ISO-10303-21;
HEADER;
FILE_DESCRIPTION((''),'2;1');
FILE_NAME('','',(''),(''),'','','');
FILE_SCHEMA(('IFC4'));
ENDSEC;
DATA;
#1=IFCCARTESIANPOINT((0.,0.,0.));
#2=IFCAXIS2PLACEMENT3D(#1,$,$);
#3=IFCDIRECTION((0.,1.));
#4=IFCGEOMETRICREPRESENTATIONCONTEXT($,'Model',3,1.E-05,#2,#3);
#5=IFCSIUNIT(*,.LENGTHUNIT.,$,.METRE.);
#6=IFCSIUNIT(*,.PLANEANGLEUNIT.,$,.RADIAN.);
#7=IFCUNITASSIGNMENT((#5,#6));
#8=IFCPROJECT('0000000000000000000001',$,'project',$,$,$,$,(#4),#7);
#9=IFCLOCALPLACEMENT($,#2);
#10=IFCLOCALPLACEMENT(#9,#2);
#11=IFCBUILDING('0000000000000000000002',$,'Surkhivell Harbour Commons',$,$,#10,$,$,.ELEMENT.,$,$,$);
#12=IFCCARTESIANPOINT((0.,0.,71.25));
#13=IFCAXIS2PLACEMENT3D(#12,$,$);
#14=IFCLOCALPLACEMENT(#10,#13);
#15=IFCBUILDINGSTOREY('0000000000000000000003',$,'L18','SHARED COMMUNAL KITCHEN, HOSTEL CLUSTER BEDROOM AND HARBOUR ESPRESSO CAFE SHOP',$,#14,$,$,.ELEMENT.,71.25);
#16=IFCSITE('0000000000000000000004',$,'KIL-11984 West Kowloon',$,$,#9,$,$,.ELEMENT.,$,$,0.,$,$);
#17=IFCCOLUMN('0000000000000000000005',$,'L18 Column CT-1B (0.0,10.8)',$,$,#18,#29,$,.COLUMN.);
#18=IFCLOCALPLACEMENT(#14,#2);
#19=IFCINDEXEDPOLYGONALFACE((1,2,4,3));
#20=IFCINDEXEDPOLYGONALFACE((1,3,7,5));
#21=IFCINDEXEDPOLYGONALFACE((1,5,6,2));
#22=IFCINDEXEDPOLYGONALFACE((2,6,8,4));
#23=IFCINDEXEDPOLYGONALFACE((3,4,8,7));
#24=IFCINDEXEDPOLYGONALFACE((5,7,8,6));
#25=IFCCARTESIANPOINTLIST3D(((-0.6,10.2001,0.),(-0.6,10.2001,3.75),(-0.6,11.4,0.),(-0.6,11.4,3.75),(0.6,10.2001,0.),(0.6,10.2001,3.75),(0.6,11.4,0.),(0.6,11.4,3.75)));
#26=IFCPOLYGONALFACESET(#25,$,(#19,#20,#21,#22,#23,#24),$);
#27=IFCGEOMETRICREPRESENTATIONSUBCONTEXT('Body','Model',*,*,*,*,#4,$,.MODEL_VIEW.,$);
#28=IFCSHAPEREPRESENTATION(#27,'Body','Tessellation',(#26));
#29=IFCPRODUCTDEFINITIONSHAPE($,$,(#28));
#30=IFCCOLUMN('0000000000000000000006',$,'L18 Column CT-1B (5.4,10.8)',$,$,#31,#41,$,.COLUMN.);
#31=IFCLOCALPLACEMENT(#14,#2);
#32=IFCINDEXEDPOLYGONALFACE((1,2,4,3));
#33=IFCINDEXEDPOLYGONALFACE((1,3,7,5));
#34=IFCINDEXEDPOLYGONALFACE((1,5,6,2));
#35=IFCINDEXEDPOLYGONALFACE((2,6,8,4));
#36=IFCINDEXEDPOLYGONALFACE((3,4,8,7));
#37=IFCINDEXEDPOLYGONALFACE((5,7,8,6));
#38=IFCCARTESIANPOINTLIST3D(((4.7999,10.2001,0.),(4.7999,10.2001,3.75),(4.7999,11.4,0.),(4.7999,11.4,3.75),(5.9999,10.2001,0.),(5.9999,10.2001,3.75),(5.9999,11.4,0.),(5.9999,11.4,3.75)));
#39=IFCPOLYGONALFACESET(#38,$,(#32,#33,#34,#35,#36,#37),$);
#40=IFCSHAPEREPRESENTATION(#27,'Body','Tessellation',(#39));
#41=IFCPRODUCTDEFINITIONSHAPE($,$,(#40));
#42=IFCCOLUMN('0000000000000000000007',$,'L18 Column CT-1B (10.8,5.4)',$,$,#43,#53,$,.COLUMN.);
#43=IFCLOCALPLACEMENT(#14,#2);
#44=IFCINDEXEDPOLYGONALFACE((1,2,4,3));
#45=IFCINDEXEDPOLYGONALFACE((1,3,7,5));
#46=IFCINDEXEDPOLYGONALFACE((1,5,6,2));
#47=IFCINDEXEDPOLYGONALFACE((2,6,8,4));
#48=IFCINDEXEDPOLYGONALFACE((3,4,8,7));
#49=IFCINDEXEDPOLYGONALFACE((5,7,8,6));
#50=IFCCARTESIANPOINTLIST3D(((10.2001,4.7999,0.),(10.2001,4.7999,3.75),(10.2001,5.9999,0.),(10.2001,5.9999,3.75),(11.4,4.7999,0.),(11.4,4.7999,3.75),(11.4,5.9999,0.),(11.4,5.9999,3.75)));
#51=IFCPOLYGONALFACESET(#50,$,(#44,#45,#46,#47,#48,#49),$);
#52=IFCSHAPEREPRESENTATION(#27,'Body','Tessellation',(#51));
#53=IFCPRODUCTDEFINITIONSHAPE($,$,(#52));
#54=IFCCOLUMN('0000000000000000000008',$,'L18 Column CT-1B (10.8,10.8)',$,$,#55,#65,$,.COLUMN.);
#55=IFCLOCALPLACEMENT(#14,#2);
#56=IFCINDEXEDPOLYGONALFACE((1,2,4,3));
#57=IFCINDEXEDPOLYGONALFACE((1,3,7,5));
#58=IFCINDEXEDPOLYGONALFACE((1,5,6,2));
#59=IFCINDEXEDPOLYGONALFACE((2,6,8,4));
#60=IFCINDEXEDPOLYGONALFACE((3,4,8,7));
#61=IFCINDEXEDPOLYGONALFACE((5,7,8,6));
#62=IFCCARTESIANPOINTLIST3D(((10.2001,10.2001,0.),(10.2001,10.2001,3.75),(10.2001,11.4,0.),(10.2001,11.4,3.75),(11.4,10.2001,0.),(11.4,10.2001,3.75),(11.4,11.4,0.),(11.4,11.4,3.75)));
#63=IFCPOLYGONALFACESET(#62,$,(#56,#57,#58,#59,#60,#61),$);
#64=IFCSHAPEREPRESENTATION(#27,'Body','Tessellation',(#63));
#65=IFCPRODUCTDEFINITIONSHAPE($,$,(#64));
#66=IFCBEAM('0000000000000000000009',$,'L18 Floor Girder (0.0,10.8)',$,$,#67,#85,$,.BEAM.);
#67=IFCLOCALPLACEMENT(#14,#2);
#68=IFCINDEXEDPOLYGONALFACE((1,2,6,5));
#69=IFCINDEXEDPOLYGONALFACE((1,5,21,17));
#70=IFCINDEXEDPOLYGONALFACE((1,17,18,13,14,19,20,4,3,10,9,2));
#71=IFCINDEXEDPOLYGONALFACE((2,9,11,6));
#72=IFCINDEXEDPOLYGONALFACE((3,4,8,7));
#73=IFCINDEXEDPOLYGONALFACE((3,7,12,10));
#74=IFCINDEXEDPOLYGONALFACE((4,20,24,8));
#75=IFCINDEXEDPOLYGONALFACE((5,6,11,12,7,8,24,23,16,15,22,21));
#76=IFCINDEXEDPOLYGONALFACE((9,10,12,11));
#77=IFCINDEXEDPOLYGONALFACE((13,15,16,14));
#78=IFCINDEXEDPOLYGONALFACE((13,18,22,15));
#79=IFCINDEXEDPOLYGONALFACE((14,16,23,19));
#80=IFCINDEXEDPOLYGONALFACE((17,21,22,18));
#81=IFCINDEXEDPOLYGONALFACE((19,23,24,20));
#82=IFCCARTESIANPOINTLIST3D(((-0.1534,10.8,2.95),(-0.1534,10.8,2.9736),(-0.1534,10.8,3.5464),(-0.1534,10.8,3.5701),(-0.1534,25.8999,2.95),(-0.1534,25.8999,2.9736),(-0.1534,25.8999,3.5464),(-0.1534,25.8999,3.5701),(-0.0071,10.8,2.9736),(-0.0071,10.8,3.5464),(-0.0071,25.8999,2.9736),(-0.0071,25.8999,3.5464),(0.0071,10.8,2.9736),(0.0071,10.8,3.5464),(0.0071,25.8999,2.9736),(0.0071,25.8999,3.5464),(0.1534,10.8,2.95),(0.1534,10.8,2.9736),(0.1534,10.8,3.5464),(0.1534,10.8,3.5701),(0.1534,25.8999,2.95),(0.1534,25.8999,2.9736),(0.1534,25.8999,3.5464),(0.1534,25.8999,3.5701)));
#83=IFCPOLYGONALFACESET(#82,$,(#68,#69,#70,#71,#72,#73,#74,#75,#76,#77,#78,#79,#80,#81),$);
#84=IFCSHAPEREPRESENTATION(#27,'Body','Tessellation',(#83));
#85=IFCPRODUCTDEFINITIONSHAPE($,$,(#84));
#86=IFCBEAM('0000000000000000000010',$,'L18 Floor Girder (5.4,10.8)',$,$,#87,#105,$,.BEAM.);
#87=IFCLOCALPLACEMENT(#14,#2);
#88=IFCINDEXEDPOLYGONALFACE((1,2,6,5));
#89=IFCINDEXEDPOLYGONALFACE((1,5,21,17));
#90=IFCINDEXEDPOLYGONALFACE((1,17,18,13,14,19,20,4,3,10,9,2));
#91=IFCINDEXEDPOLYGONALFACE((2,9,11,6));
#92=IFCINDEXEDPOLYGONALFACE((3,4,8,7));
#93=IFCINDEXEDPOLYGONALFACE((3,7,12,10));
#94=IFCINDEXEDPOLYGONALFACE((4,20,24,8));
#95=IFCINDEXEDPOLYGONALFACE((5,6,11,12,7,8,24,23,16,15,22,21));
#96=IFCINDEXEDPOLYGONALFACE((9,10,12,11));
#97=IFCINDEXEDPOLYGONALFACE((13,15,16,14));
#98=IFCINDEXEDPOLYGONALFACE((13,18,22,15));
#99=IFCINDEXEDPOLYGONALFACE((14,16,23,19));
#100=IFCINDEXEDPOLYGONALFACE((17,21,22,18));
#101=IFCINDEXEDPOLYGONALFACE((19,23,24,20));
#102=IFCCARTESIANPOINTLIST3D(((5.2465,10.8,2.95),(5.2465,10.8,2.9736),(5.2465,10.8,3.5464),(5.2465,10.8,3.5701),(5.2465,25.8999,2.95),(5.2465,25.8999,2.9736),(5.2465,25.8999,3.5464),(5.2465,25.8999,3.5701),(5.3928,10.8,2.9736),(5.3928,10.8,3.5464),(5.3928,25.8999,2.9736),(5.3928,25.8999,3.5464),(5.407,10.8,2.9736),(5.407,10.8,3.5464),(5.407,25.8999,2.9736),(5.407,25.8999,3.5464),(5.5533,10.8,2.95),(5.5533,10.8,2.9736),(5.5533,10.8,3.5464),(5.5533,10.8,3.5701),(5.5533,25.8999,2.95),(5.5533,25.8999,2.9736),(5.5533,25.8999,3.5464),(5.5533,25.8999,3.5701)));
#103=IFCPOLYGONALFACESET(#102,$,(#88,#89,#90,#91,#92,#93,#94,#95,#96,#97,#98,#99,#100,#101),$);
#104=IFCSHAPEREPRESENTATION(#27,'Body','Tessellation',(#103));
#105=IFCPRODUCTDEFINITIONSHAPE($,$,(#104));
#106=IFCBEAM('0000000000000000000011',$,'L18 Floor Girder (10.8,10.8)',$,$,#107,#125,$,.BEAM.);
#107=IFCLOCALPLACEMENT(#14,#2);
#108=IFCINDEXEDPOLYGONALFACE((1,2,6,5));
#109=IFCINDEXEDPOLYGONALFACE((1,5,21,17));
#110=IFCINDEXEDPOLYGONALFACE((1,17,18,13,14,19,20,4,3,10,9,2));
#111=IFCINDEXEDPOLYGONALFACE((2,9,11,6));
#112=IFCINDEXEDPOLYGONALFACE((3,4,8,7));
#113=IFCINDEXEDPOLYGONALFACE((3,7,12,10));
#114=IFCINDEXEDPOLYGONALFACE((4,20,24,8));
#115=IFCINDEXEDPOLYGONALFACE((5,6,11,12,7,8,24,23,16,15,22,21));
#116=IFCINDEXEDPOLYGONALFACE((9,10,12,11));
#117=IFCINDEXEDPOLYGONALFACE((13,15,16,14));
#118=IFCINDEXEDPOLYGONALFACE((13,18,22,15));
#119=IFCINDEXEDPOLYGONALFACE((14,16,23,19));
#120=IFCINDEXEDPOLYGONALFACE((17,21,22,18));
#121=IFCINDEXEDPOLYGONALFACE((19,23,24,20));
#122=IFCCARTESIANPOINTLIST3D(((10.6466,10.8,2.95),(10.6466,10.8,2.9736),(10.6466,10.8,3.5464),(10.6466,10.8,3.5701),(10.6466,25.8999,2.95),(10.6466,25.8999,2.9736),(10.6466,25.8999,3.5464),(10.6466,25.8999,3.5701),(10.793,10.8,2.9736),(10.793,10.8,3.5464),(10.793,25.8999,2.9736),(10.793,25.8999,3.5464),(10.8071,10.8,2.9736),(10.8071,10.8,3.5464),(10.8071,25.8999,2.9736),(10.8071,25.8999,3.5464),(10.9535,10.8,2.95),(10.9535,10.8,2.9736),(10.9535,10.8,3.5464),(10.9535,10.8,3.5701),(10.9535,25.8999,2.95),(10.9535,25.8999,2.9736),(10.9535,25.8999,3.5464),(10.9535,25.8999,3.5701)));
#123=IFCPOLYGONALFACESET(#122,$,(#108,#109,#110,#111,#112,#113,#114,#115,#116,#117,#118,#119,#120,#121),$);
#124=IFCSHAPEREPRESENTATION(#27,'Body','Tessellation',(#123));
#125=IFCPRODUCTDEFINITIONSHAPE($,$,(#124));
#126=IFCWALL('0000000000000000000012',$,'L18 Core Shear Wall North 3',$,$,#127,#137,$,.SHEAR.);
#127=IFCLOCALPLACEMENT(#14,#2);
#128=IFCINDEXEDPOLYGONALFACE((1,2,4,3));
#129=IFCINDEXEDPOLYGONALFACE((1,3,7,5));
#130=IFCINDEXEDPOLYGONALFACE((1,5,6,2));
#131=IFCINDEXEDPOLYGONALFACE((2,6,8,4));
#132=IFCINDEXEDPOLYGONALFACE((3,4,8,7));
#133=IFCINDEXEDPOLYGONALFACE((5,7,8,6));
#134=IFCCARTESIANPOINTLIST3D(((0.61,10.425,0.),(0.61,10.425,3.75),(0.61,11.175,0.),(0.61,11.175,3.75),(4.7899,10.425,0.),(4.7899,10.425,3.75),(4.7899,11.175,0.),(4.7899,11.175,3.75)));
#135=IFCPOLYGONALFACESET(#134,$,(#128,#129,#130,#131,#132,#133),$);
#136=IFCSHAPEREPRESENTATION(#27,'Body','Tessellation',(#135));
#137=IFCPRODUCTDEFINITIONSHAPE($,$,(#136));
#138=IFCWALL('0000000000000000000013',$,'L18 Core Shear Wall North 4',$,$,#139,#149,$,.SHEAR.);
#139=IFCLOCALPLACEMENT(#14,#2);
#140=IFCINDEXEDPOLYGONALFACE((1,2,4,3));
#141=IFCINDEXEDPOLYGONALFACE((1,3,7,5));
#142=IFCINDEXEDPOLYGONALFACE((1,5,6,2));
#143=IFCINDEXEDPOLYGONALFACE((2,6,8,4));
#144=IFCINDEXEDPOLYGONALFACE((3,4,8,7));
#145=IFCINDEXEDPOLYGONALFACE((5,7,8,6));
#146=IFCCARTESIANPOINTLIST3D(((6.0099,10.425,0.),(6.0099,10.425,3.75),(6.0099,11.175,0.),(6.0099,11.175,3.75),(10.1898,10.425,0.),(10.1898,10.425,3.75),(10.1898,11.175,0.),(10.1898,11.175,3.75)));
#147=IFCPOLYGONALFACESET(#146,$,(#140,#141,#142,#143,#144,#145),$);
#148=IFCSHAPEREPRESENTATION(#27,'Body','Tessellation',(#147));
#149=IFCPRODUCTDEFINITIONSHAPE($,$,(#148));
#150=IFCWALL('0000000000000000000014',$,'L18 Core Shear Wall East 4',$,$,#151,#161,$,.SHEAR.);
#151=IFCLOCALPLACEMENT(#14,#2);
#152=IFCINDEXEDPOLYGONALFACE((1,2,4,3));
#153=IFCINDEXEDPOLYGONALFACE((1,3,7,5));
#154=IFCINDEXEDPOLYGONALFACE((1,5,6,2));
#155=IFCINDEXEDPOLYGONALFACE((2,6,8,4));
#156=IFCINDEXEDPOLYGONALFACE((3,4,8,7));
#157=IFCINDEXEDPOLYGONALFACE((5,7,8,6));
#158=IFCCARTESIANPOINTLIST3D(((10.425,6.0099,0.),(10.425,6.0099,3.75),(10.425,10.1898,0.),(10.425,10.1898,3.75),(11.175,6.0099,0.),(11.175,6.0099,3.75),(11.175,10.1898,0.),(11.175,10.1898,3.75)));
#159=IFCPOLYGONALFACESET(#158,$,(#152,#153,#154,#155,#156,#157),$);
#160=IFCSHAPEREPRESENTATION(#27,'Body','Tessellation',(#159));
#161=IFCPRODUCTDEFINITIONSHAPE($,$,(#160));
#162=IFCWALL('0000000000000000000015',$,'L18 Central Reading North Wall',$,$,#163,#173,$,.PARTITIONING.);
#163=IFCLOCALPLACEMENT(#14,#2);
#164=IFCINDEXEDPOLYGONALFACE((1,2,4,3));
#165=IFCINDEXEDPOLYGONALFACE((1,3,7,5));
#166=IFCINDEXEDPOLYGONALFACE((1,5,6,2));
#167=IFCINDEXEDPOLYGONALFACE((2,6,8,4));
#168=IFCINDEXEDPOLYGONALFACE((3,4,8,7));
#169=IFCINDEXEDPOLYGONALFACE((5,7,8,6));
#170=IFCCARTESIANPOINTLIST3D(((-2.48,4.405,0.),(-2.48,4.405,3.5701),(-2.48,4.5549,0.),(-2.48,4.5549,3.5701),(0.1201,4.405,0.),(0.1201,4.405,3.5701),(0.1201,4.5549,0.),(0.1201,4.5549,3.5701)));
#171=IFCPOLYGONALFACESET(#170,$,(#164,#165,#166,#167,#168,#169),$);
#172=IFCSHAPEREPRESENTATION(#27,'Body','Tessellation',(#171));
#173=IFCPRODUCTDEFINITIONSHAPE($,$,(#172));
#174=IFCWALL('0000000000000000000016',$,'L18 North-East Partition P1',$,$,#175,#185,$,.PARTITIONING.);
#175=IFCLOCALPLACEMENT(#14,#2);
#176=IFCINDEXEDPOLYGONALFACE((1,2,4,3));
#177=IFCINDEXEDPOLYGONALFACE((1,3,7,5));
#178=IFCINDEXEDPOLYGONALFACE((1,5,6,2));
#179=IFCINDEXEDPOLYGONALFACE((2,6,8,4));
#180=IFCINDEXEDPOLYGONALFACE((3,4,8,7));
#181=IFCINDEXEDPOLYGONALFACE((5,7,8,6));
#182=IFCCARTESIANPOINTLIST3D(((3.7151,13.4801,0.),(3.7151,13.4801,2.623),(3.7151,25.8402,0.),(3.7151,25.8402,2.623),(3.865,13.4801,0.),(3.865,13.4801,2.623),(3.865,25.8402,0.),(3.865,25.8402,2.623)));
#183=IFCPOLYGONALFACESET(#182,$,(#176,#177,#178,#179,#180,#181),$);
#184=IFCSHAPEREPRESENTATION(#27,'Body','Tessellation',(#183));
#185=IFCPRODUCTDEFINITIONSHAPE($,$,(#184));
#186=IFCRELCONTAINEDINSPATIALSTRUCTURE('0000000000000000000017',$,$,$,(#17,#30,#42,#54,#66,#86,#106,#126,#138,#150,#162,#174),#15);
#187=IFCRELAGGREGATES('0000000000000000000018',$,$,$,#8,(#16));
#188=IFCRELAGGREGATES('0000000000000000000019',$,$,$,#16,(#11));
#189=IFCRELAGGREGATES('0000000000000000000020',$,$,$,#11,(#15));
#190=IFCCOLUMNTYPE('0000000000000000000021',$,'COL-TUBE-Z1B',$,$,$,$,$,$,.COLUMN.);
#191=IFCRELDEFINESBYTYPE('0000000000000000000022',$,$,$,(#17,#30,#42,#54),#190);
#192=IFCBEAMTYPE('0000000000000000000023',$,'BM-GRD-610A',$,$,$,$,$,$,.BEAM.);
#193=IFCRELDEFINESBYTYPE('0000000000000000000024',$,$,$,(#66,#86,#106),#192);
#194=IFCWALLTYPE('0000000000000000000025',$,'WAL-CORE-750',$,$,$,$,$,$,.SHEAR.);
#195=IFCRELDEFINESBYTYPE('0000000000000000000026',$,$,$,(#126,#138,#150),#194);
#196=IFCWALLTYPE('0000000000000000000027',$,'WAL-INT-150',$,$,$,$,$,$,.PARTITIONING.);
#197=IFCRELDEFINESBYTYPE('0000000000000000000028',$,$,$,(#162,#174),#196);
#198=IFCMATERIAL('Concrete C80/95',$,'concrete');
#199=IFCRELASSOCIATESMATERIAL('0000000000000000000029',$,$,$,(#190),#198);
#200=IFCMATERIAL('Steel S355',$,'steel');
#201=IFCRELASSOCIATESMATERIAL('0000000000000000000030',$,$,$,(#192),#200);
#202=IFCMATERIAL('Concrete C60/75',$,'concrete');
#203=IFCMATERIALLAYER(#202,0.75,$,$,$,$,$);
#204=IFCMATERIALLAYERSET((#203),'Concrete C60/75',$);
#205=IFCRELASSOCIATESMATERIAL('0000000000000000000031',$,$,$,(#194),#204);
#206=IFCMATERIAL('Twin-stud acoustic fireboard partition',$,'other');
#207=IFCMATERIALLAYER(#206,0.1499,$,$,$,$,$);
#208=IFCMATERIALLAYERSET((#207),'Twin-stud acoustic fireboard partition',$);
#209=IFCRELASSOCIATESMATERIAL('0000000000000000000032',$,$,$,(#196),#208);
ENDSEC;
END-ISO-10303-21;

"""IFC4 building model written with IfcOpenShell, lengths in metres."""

from ifc_helpers import new_model, si_unit, direction, frame, frame_2d, origin, origin_2d, place, context, subcontext, project, spatial, rectangle, i_section, extrude, material, layer, layer_set, material_profile, profile_set, type_object, element, save


model = new_model("IFC4")

# Units and contexts
model_context = context("Model", 3, precision=1e-05, world=origin(), true_north=direction((0.0, 1.0)))
body_context = subcontext(model_context, "Body", "Model", "MODEL_VIEW")
ifc_project = project(units=[si_unit("LENGTHUNIT", "METRE"), si_unit("PLANEANGLEUNIT", "RADIAN")], contexts=[model_context])

# Site, building, storey
site_placement = place(None, origin())
site = spatial("IfcSite", under=ifc_project, at=site_placement, Name="KIL-11984 West Kowloon", CompositionType="ELEMENT", RefElevation=0.0)
building_placement = place(site_placement, origin())
building = spatial("IfcBuilding", under=site, at=building_placement, Name="Surkhivell Harbour Commons", CompositionType="ELEMENT")
storey_placement = place(building_placement, frame((0.0, 0.0, 71.25)))
storey = spatial("IfcBuildingStorey", under=building, at=storey_placement, Name="L18", Description="SHARED COMMUNAL KITCHEN, HOSTEL CLUSTER BEDROOM AND HARBOUR ESPRESSO CAFE SHOP", CompositionType="ELEMENT", Elevation=71.25)

# Columns
ifc_material_1 = material(Name="Concrete C80/95", Category="concrete")
ifc_material_profile_1 = material_profile(ifc_material_1, rectangle(XDim=1.2, YDim=1.2, at=origin_2d()), Name="RC-COL-1200x1200")
ifc_profile_set_1 = profile_set([ifc_material_profile_1], Name="Concrete C80/95")
column_type = type_object("IfcColumnType", Name="COL-TUBE-Z1B", PredefinedType="COLUMN", material=ifc_profile_set_1)
for number, where, z_axis, x_axis, name in (
    (1, (0.0, 10.8, 0.0), (0.0, 0.0, 1.0), (1.0, 0.0, 0.0), "L18 Column CT-1B (0.0,10.8)"),
    (2, (5.3999, 10.8, 0.0), (0.0, 0.0, 1.0), (1.0, 0.0, 0.0), "L18 Column CT-1B (5.4,10.8)"),
    (3, (10.8, 5.3999, 0.0), (0.0, 0.0, 1.0), (1.0, 0.0, 0.0), "L18 Column CT-1B (10.8,5.4)"),
    (4, (10.8, 10.8, 0.0), (0.0, 0.0, 1.0), (1.0, 0.0, 0.0), "L18 Column CT-1B (10.8,10.8)"),
):
    element("IfcColumn", number, at=place(storey_placement, frame(where, z_axis=z_axis, x_axis=x_axis)), inside=storey, type_object=column_type, Name=name, PredefinedType="COLUMN", context=body_context, shape_type="SweptSolid", body=[
        extrude(rectangle(XDim=1.2, YDim=1.2, at=origin_2d()), origin(), (0.0, 0.0, 1.0), 3.75),
    ])

# Beams
ifc_material_2 = material(Name="Steel S355", Category="steel")
ifc_material_profile_2 = material_profile(ifc_material_2, i_section(OverallWidth=0.3069, OverallDepth=0.6201, WebThickness=0.0142, FlangeThickness=0.0237, at=origin_2d()), Name="UB610x305x179")
ifc_profile_set_2 = profile_set([ifc_material_profile_2], Name="Steel S355")
beam_type = type_object("IfcBeamType", Name="BM-GRD-610A", PredefinedType="BEAM", material=ifc_profile_set_2)
for number, where, z_axis, x_axis, name in (
    (5, (0.0, 10.8, 3.26), (0.0, 1.0, 0.0), (-1.0, 0.0, 0.0), "L18 Floor Girder (0.0,10.8)"),
    (6, (5.3999, 10.8, 3.26), (0.0, 1.0, 0.0), (-1.0, 0.0, 0.0), "L18 Floor Girder (5.4,10.8)"),
    (7, (10.8, 10.8, 3.26), (0.0, 1.0, 0.0), (-1.0, 0.0, 0.0), "L18 Floor Girder (10.8,10.8)"),
):
    element("IfcBeam", number, at=place(storey_placement, frame(where, z_axis=z_axis, x_axis=x_axis)), inside=storey, type_object=beam_type, Name=name, PredefinedType="BEAM", context=body_context, shape_type="SweptSolid", body=[
        extrude(i_section(OverallWidth=0.3069, OverallDepth=0.6201, WebThickness=0.0142, FlangeThickness=0.0237, at=origin_2d()), origin(), (0.0, 0.0, 1.0), 15.0999),
    ])

# Walls
ifc_material_3 = material(Name="Concrete C60/75", Category="concrete")
ifc_layer_1 = layer(ifc_material_3, 0.75)
ifc_layer_set_1 = layer_set([ifc_layer_1], Name="Concrete C60/75")
wall_type_1 = type_object("IfcWallType", Name="WAL-CORE-750", PredefinedType="SHEAR", material=ifc_layer_set_1)
for number, where, z_axis, x_axis, name in (
    (8, (0.6101, 10.8, 0.0), (0.0, 0.0, 1.0), (1.0, 0.0, 0.0), "L18 Core Shear Wall North 3"),
    (9, (6.01, 10.8, 0.0), (0.0, 0.0, 1.0), (1.0, 0.0, 0.0), "L18 Core Shear Wall North 4"),
    (10, (10.8, 6.01, 0.0), (0.0, 0.0, 1.0), (0.0, 1.0, 0.0), "L18 Core Shear Wall East 4"),
):
    element("IfcWall", number, at=place(storey_placement, frame(where, z_axis=z_axis, x_axis=x_axis)), inside=storey, type_object=wall_type_1, Name=name, PredefinedType="SHEAR", context=body_context, shape_type="SweptSolid", body=[
        extrude(rectangle(XDim=4.1799, YDim=0.75, at=frame_2d((2.0898, 0.0))), origin(), (0.0, 0.0, 1.0), 3.75),
    ])
ifc_material_4 = material(Name="Twin-stud acoustic fireboard partition", Category="other")
ifc_layer_2 = layer(ifc_material_4, 0.1499)
ifc_layer_set_2 = layer_set([ifc_layer_2], Name="Twin-stud acoustic fireboard partition")
wall_type_2 = type_object("IfcWallType", Name="WAL-INT-150", PredefinedType="PARTITIONING", material=ifc_layer_set_2)
wall_1_placement = place(storey_placement, frame((-2.48, 4.48, 0.0), z_axis=(0.0, 0.0, 1.0), x_axis=(1.0, 0.0, 0.0)))
element("IfcWall", 11, at=wall_1_placement, inside=storey, type_object=wall_type_2, Name="L18 Central Reading North Wall", PredefinedType="PARTITIONING", context=body_context, shape_type="SweptSolid", body=[
    extrude(rectangle(XDim=2.6001, YDim=0.1499, at=frame_2d((1.3, 0.0))), origin(), (0.0, 0.0, 1.0), 3.5701),
])
wall_2_placement = place(storey_placement, frame((3.79, 13.48, 0.0), z_axis=(0.0, 0.0, 1.0), x_axis=(0.0, 1.0, 0.0)))
element("IfcWall", 12, at=wall_2_placement, inside=storey, type_object=wall_type_2, Name="L18 North-East Partition P1", PredefinedType="PARTITIONING", context=body_context, shape_type="SweptSolid", body=[
    extrude(rectangle(XDim=12.3601, YDim=0.1499, at=frame_2d((6.1802, 0.0))), origin(), (0.0, 0.0, 1.0), 2.623),
])

save(model, "model.ifc")
